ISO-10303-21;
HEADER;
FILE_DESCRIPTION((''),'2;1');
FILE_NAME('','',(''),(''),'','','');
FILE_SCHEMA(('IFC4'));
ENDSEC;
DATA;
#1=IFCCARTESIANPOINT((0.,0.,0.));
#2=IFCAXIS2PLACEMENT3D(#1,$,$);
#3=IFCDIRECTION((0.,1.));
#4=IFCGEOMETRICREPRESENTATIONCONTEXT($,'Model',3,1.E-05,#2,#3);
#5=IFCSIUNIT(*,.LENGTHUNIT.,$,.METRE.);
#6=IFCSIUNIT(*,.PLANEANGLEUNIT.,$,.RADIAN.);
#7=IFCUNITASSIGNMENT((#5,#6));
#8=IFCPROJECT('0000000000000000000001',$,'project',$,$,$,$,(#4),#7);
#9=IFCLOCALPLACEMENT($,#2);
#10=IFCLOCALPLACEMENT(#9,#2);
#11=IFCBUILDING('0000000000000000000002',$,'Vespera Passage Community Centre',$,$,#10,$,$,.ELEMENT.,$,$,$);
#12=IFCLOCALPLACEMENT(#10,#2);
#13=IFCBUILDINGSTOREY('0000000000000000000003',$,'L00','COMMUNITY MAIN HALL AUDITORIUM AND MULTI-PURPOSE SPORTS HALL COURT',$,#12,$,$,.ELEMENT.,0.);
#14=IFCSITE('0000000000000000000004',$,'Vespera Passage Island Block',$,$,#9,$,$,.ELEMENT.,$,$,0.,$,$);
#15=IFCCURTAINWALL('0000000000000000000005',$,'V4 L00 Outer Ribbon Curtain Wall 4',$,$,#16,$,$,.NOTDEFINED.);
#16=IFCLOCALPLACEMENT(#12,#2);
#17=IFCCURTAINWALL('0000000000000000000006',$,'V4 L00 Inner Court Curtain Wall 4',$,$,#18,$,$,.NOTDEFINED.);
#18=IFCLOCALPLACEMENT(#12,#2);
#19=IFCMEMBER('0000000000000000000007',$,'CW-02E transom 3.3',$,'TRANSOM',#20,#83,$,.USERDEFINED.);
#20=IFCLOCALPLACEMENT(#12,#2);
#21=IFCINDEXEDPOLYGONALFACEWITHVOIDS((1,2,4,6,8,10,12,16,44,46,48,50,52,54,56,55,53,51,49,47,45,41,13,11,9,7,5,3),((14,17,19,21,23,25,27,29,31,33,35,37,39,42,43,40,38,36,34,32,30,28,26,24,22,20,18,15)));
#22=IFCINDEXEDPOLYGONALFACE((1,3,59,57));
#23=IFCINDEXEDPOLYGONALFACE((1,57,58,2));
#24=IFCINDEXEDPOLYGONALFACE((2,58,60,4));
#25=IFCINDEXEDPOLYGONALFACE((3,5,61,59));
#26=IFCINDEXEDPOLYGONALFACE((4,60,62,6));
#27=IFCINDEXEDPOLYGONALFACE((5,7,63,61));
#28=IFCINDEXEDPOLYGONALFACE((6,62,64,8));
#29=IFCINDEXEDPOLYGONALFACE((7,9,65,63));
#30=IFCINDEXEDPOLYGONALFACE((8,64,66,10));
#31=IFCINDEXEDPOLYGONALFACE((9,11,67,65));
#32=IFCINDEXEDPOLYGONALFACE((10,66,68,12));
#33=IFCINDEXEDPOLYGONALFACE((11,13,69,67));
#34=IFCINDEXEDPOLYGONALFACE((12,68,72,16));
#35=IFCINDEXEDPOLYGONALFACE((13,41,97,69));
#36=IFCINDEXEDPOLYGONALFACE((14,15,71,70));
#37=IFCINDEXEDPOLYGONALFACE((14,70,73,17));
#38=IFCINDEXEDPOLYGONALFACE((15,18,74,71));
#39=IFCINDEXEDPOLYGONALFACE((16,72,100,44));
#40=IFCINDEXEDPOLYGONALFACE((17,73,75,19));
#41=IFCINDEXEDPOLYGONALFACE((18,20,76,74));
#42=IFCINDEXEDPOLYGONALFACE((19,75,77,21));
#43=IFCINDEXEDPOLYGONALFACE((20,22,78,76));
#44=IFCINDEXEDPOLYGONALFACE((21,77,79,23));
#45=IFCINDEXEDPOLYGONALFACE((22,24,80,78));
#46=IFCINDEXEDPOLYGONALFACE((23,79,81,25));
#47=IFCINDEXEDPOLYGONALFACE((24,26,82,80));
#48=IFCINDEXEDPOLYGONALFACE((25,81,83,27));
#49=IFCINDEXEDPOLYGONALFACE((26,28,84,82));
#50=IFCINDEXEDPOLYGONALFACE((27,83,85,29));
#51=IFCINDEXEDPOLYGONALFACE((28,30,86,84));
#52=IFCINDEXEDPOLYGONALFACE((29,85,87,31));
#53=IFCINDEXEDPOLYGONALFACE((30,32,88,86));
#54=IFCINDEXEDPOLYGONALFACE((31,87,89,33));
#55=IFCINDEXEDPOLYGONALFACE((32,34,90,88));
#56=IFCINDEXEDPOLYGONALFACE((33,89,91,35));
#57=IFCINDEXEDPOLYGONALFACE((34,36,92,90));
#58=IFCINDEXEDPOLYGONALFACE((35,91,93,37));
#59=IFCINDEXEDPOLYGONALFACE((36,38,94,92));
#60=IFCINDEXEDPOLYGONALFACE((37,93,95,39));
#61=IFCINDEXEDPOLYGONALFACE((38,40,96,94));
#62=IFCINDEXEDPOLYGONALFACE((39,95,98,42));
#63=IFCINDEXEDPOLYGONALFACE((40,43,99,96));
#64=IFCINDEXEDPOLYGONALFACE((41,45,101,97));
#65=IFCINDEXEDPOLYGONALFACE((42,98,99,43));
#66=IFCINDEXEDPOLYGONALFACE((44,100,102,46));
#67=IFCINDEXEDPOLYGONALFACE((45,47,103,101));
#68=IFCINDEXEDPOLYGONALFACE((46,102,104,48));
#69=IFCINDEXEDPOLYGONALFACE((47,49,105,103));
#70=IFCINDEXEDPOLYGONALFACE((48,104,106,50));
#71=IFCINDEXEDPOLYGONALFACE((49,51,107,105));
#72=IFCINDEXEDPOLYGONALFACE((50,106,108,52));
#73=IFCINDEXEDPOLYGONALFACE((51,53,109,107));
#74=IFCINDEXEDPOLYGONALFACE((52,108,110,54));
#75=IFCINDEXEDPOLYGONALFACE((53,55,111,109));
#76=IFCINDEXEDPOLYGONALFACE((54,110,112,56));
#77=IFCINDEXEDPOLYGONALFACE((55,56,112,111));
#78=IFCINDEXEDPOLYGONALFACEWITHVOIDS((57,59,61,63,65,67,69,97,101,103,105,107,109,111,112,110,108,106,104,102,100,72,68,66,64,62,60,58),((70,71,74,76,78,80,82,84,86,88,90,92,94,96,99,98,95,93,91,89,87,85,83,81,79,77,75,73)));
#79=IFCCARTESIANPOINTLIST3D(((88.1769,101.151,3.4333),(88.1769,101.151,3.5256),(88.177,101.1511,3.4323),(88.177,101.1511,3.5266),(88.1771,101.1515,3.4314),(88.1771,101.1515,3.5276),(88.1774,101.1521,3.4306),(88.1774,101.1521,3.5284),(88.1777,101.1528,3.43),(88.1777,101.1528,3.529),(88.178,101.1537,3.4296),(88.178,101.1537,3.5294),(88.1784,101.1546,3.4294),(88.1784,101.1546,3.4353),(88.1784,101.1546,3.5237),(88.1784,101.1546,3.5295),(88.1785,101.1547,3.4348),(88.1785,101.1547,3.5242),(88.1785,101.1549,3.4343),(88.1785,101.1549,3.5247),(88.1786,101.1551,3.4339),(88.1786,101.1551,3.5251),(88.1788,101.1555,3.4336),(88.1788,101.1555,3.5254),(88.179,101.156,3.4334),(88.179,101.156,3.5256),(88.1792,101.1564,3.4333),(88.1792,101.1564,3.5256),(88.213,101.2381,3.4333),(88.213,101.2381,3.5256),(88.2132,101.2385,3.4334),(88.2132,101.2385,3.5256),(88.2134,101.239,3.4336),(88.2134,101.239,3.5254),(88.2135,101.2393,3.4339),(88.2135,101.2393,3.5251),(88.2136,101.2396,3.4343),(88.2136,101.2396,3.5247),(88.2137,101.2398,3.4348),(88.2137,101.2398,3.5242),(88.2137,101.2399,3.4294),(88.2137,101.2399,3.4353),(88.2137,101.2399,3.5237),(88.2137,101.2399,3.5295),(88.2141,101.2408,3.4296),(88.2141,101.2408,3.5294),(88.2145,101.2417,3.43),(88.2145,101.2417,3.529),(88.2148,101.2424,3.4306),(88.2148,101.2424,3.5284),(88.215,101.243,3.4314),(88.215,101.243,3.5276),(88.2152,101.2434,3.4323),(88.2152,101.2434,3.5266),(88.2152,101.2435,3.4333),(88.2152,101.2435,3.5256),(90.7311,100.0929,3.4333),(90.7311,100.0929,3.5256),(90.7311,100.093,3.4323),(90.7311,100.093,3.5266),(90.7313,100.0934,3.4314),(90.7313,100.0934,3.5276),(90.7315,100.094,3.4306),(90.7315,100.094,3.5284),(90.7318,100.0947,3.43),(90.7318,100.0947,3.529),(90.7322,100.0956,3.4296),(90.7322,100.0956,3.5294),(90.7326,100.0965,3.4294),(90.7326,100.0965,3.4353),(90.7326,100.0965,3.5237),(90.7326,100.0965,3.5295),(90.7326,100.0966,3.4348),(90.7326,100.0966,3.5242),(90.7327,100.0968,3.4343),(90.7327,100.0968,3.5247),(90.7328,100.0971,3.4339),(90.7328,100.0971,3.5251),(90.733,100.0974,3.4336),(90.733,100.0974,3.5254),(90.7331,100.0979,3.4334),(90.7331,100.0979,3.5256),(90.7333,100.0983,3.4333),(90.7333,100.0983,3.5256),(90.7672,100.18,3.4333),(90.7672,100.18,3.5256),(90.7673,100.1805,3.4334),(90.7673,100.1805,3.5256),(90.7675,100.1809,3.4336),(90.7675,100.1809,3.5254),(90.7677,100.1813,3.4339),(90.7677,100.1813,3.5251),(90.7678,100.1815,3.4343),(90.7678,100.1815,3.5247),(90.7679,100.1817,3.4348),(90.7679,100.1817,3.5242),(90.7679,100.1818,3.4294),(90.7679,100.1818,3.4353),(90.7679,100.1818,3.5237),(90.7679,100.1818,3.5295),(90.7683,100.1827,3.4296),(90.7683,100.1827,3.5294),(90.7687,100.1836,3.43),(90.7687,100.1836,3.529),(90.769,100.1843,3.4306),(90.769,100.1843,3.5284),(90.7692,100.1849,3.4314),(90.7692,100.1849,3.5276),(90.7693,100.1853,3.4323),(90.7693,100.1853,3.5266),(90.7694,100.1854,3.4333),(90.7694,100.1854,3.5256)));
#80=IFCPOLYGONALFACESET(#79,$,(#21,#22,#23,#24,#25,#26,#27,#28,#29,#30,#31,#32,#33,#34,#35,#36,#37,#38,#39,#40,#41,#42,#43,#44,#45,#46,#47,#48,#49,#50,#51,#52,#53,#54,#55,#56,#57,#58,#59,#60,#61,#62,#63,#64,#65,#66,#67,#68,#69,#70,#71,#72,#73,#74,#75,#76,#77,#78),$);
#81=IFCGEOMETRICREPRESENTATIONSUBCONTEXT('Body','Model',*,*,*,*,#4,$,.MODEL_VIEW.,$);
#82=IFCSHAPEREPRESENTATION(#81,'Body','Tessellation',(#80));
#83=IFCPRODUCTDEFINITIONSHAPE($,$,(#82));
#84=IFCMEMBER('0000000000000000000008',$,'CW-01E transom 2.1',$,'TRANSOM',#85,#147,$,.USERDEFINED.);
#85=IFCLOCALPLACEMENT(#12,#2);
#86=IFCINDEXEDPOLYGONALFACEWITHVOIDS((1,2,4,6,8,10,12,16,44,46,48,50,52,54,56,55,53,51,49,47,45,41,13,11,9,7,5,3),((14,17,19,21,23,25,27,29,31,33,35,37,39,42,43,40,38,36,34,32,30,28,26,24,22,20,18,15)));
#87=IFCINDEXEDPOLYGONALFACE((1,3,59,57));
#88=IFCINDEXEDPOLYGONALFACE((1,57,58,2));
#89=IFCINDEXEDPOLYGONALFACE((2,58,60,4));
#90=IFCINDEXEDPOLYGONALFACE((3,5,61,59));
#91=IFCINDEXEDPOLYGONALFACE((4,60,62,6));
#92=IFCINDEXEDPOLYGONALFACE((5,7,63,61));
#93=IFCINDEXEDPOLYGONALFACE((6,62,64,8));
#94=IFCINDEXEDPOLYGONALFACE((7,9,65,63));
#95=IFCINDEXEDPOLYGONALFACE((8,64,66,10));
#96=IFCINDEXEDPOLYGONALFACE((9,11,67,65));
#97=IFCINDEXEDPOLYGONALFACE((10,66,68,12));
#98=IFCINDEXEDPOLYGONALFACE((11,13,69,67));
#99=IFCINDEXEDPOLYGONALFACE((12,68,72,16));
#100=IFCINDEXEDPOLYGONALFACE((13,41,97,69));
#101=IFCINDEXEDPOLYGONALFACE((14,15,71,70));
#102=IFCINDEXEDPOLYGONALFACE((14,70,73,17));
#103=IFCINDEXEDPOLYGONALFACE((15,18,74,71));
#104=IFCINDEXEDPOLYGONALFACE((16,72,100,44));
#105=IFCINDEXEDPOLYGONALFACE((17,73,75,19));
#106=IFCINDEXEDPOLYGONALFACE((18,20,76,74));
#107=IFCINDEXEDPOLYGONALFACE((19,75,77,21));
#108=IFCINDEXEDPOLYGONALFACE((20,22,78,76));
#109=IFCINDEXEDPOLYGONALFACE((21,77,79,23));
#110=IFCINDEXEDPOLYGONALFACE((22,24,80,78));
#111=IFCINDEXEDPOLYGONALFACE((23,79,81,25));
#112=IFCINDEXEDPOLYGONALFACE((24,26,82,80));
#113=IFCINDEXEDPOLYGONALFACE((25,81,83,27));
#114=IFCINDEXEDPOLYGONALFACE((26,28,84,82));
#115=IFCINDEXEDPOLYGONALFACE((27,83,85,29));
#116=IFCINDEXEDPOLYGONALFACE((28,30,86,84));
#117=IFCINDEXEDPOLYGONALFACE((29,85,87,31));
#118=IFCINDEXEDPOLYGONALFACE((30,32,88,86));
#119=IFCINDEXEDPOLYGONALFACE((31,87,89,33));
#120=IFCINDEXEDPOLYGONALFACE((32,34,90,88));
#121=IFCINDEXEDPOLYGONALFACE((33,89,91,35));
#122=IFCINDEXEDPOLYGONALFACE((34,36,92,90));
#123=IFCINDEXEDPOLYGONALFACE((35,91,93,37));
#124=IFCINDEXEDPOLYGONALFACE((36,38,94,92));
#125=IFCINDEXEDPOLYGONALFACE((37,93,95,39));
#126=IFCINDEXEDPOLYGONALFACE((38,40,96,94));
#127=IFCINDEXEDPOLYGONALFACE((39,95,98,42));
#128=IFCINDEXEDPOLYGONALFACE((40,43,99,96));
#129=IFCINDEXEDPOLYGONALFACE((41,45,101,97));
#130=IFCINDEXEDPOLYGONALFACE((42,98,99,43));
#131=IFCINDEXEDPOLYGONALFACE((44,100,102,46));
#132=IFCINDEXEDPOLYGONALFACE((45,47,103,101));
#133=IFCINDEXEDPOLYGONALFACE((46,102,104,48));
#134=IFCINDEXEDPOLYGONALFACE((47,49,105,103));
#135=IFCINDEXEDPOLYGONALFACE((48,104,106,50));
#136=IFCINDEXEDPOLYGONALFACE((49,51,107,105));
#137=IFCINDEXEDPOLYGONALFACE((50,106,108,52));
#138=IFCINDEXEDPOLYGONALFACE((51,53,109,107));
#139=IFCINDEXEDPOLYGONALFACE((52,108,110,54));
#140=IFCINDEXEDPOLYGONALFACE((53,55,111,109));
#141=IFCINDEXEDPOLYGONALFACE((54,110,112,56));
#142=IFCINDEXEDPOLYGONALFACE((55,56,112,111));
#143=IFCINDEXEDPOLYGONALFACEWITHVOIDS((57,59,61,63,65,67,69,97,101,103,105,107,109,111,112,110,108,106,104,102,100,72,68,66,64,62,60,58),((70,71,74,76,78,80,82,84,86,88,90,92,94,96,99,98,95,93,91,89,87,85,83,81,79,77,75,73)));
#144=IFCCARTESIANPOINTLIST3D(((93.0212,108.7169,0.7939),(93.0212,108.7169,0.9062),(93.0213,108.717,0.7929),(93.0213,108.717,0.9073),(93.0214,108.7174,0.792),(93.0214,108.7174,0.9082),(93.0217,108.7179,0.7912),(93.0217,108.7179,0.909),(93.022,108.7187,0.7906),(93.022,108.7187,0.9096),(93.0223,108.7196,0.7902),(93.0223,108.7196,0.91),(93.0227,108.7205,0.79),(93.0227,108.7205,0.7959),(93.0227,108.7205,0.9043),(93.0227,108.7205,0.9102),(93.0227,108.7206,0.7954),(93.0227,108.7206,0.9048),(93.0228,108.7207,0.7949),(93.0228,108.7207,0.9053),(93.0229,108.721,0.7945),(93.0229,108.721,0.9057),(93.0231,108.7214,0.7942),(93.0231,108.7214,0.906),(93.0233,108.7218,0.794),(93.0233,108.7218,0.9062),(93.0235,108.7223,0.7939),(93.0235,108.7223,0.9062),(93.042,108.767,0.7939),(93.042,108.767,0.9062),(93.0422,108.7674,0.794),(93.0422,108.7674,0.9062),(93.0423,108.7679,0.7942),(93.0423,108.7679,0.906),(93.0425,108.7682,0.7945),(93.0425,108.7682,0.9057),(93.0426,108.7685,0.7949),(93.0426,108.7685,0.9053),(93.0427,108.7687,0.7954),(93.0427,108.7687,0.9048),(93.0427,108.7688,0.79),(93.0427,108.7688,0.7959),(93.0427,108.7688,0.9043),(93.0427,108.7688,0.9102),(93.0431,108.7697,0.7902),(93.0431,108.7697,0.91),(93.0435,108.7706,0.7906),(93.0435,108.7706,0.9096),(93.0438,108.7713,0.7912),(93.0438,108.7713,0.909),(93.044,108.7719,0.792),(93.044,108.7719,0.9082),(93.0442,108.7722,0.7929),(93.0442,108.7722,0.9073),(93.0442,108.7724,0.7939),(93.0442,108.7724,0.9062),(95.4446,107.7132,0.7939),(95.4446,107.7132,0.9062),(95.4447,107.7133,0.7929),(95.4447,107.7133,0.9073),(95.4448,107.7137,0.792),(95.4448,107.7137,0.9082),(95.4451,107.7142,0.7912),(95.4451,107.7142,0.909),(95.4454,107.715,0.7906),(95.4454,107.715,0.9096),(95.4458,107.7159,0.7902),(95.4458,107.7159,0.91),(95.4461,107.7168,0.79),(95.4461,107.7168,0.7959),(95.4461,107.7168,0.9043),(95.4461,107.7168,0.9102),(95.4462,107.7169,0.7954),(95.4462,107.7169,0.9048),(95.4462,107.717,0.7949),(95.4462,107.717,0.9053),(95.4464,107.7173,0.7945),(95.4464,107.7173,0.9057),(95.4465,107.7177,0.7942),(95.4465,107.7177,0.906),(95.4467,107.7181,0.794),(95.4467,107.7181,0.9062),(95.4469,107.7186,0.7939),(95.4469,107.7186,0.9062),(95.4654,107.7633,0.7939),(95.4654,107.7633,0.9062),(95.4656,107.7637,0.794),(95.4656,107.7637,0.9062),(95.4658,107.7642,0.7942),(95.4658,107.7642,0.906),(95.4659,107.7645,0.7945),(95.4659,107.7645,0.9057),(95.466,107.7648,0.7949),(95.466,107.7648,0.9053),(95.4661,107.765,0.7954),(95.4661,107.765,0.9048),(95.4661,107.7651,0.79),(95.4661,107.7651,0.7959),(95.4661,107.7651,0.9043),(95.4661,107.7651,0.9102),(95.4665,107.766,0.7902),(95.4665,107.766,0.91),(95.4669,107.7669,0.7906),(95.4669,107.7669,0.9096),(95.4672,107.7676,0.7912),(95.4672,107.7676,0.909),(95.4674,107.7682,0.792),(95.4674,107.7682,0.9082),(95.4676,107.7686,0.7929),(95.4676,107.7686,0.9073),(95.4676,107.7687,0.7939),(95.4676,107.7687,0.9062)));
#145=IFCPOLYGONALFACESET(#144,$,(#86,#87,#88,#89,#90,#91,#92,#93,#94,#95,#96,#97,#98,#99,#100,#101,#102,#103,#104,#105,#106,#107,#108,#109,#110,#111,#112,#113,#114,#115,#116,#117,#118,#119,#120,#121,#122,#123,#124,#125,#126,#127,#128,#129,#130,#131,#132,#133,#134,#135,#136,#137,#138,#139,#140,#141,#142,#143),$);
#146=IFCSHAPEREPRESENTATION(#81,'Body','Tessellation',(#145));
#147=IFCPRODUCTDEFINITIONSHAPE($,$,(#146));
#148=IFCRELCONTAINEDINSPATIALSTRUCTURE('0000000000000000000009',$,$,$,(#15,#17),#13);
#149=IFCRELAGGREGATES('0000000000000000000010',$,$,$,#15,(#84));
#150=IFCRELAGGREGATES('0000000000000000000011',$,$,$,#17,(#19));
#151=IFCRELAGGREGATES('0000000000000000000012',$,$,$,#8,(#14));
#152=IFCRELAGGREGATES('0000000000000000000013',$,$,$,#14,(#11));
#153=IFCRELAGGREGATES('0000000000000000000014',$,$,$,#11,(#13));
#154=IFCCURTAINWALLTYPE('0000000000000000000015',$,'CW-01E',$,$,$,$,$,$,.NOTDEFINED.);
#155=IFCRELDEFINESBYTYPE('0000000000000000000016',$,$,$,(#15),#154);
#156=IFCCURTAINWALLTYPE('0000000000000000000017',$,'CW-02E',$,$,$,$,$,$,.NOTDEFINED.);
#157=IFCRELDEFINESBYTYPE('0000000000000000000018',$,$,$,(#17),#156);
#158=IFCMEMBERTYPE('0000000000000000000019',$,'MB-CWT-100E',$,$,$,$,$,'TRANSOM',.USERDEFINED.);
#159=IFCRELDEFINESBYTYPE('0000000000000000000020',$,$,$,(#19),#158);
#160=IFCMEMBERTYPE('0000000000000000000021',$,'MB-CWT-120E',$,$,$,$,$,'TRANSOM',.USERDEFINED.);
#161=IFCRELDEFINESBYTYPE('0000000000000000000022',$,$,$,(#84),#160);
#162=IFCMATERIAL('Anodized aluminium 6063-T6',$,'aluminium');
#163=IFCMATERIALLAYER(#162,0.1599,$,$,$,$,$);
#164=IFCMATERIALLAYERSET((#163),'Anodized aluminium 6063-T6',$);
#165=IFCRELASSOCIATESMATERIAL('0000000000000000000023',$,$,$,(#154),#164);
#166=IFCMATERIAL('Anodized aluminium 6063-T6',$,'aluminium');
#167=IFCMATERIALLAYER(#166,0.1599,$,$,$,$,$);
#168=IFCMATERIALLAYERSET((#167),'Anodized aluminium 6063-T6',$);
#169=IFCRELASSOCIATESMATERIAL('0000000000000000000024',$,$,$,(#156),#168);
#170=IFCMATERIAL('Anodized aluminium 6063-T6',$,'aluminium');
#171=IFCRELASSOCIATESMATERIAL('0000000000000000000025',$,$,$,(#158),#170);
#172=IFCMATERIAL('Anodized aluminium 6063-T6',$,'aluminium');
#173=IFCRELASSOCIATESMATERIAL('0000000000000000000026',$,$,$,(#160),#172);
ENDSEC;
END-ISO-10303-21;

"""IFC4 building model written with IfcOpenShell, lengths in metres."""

from ifc_helpers import new_model, si_unit, direction, frame, origin, origin_2d, place, context, subcontext, project, spatial, hollow_rectangle, extrude, material, layer, layer_set, material_profile, profile_set, type_object, element, aggregate, save


model = new_model("IFC4")

# Units and contexts
model_context = context("Model", 3, precision=1e-05, world=origin(), true_north=direction((0.0, 1.0)))
body_context = subcontext(model_context, "Body", "Model", "MODEL_VIEW")
ifc_project = project(units=[si_unit("LENGTHUNIT", "METRE"), si_unit("PLANEANGLEUNIT", "RADIAN")], contexts=[model_context])

# Site, building, storey
site_placement = place(None, origin())
site = spatial("IfcSite", under=ifc_project, at=site_placement, Name="Vespera Passage Island Block", CompositionType="ELEMENT", RefElevation=0.0)
building_placement = place(site_placement, origin())
building = spatial("IfcBuilding", under=site, at=building_placement, Name="Vespera Passage Community Centre", CompositionType="ELEMENT")
storey_placement = place(building_placement, origin())
storey = spatial("IfcBuildingStorey", under=building, at=storey_placement, Name="L00", Description="COMMUNITY MAIN HALL AUDITORIUM AND MULTI-PURPOSE SPORTS HALL COURT", CompositionType="ELEMENT", Elevation=0.0)

# Curtain walls, member
ifc_material_1 = material(Name="Anodized aluminium 6063-T6", Category="aluminium")
ifc_layer_1 = layer(ifc_material_1, 0.1599)
ifc_layer_set_1 = layer_set([ifc_layer_1], Name="Anodized aluminium 6063-T6")
curtain_wall_type_1 = type_object("IfcCurtainWallType", Name="CW-01E", PredefinedType="NOTDEFINED", material=ifc_layer_set_1)
curtain_wall_1_placement = place(storey_placement, origin())
curtain_wall_1 = element("IfcCurtainWall", 1, at=curtain_wall_1_placement, inside=storey, type_object=curtain_wall_type_1, Name="V4 L00 Outer Ribbon Curtain Wall 4", PredefinedType="NOTDEFINED")
ifc_material_2 = material(Name="Anodized aluminium 6063-T6", Category="aluminium")
ifc_layer_2 = layer(ifc_material_2, 0.1599)
ifc_layer_set_2 = layer_set([ifc_layer_2], Name="Anodized aluminium 6063-T6")
curtain_wall_type_2 = type_object("IfcCurtainWallType", Name="CW-02E", PredefinedType="NOTDEFINED", material=ifc_layer_set_2)
curtain_wall_2_placement = place(storey_placement, origin())
curtain_wall_2 = element("IfcCurtainWall", 2, at=curtain_wall_2_placement, inside=storey, type_object=curtain_wall_type_2, Name="V4 L00 Inner Court Curtain Wall 4", PredefinedType="NOTDEFINED")
ifc_material_3 = material(Name="Anodized aluminium 6063-T6", Category="aluminium")
ifc_material_profile_1 = material_profile(ifc_material_3, hollow_rectangle(XDim=0.1001, YDim=0.1001, WallThickness=0.0039, InnerFilletRadius=0.002, OuterFilletRadius=0.0039, at=origin_2d()), Name="ALU100X100X4")
ifc_profile_set_1 = profile_set([ifc_material_profile_1], Name="Anodized aluminium 6063-T6")
member_type_1 = type_object("IfcMemberType", Name="MB-CWT-100E", ElementType="TRANSOM", PredefinedType="USERDEFINED", material=ifc_profile_set_1)
member_1_placement = place(storey_placement, frame((90.7502, 100.1392, 3.4795), z_axis=(-0.923864, 0.382721, 0.0), x_axis=(-0.382721, -0.923864, 0.0)))
member_1 = element("IfcMember", 3, at=member_1_placement, type_object=member_type_1, Name="CW-02E transom 3.3", ObjectType="TRANSOM", PredefinedType="USERDEFINED", context=body_context, shape_type="SweptSolid", body=[
    extrude(hollow_rectangle(XDim=0.1001, YDim=0.1001, WallThickness=0.0039, InnerFilletRadius=0.002, OuterFilletRadius=0.0039, at=origin_2d()), origin(), (0.0, 0.0, 1.0), 2.7646),
])

# Member
ifc_material_4 = material(Name="Anodized aluminium 6063-T6", Category="aluminium")
ifc_material_profile_2 = material_profile(ifc_material_4, hollow_rectangle(XDim=0.0601, YDim=0.1201, WallThickness=0.0039, InnerFilletRadius=0.002, OuterFilletRadius=0.0039, at=origin_2d()), Name="ALU120X60X4")
ifc_profile_set_2 = profile_set([ifc_material_profile_2], Name="Anodized aluminium 6063-T6")
member_type_2 = type_object("IfcMemberType", Name="MB-CWT-120E", ElementType="TRANSOM", PredefinedType="USERDEFINED", material=ifc_profile_set_2)
member_2_placement = place(storey_placement, frame((93.0327, 108.7446, 0.8501), z_axis=(0.923895, -0.382645, 0.0), x_axis=(0.382645, 0.923895, 0.0)))
member_2 = element("IfcMember", 4, at=member_2_placement, type_object=member_type_2, Name="CW-01E transom 2.1", ObjectType="TRANSOM", PredefinedType="USERDEFINED", context=body_context, shape_type="SweptSolid", body=[
    extrude(hollow_rectangle(XDim=0.0601, YDim=0.1201, WallThickness=0.0039, InnerFilletRadius=0.002, OuterFilletRadius=0.0039, at=origin_2d()), origin(), (0.0, 0.0, 1.0), 2.623),
])

aggregate(curtain_wall_1, [member_2])
aggregate(curtain_wall_2, [member_1])

save(model, "model.ifc")
